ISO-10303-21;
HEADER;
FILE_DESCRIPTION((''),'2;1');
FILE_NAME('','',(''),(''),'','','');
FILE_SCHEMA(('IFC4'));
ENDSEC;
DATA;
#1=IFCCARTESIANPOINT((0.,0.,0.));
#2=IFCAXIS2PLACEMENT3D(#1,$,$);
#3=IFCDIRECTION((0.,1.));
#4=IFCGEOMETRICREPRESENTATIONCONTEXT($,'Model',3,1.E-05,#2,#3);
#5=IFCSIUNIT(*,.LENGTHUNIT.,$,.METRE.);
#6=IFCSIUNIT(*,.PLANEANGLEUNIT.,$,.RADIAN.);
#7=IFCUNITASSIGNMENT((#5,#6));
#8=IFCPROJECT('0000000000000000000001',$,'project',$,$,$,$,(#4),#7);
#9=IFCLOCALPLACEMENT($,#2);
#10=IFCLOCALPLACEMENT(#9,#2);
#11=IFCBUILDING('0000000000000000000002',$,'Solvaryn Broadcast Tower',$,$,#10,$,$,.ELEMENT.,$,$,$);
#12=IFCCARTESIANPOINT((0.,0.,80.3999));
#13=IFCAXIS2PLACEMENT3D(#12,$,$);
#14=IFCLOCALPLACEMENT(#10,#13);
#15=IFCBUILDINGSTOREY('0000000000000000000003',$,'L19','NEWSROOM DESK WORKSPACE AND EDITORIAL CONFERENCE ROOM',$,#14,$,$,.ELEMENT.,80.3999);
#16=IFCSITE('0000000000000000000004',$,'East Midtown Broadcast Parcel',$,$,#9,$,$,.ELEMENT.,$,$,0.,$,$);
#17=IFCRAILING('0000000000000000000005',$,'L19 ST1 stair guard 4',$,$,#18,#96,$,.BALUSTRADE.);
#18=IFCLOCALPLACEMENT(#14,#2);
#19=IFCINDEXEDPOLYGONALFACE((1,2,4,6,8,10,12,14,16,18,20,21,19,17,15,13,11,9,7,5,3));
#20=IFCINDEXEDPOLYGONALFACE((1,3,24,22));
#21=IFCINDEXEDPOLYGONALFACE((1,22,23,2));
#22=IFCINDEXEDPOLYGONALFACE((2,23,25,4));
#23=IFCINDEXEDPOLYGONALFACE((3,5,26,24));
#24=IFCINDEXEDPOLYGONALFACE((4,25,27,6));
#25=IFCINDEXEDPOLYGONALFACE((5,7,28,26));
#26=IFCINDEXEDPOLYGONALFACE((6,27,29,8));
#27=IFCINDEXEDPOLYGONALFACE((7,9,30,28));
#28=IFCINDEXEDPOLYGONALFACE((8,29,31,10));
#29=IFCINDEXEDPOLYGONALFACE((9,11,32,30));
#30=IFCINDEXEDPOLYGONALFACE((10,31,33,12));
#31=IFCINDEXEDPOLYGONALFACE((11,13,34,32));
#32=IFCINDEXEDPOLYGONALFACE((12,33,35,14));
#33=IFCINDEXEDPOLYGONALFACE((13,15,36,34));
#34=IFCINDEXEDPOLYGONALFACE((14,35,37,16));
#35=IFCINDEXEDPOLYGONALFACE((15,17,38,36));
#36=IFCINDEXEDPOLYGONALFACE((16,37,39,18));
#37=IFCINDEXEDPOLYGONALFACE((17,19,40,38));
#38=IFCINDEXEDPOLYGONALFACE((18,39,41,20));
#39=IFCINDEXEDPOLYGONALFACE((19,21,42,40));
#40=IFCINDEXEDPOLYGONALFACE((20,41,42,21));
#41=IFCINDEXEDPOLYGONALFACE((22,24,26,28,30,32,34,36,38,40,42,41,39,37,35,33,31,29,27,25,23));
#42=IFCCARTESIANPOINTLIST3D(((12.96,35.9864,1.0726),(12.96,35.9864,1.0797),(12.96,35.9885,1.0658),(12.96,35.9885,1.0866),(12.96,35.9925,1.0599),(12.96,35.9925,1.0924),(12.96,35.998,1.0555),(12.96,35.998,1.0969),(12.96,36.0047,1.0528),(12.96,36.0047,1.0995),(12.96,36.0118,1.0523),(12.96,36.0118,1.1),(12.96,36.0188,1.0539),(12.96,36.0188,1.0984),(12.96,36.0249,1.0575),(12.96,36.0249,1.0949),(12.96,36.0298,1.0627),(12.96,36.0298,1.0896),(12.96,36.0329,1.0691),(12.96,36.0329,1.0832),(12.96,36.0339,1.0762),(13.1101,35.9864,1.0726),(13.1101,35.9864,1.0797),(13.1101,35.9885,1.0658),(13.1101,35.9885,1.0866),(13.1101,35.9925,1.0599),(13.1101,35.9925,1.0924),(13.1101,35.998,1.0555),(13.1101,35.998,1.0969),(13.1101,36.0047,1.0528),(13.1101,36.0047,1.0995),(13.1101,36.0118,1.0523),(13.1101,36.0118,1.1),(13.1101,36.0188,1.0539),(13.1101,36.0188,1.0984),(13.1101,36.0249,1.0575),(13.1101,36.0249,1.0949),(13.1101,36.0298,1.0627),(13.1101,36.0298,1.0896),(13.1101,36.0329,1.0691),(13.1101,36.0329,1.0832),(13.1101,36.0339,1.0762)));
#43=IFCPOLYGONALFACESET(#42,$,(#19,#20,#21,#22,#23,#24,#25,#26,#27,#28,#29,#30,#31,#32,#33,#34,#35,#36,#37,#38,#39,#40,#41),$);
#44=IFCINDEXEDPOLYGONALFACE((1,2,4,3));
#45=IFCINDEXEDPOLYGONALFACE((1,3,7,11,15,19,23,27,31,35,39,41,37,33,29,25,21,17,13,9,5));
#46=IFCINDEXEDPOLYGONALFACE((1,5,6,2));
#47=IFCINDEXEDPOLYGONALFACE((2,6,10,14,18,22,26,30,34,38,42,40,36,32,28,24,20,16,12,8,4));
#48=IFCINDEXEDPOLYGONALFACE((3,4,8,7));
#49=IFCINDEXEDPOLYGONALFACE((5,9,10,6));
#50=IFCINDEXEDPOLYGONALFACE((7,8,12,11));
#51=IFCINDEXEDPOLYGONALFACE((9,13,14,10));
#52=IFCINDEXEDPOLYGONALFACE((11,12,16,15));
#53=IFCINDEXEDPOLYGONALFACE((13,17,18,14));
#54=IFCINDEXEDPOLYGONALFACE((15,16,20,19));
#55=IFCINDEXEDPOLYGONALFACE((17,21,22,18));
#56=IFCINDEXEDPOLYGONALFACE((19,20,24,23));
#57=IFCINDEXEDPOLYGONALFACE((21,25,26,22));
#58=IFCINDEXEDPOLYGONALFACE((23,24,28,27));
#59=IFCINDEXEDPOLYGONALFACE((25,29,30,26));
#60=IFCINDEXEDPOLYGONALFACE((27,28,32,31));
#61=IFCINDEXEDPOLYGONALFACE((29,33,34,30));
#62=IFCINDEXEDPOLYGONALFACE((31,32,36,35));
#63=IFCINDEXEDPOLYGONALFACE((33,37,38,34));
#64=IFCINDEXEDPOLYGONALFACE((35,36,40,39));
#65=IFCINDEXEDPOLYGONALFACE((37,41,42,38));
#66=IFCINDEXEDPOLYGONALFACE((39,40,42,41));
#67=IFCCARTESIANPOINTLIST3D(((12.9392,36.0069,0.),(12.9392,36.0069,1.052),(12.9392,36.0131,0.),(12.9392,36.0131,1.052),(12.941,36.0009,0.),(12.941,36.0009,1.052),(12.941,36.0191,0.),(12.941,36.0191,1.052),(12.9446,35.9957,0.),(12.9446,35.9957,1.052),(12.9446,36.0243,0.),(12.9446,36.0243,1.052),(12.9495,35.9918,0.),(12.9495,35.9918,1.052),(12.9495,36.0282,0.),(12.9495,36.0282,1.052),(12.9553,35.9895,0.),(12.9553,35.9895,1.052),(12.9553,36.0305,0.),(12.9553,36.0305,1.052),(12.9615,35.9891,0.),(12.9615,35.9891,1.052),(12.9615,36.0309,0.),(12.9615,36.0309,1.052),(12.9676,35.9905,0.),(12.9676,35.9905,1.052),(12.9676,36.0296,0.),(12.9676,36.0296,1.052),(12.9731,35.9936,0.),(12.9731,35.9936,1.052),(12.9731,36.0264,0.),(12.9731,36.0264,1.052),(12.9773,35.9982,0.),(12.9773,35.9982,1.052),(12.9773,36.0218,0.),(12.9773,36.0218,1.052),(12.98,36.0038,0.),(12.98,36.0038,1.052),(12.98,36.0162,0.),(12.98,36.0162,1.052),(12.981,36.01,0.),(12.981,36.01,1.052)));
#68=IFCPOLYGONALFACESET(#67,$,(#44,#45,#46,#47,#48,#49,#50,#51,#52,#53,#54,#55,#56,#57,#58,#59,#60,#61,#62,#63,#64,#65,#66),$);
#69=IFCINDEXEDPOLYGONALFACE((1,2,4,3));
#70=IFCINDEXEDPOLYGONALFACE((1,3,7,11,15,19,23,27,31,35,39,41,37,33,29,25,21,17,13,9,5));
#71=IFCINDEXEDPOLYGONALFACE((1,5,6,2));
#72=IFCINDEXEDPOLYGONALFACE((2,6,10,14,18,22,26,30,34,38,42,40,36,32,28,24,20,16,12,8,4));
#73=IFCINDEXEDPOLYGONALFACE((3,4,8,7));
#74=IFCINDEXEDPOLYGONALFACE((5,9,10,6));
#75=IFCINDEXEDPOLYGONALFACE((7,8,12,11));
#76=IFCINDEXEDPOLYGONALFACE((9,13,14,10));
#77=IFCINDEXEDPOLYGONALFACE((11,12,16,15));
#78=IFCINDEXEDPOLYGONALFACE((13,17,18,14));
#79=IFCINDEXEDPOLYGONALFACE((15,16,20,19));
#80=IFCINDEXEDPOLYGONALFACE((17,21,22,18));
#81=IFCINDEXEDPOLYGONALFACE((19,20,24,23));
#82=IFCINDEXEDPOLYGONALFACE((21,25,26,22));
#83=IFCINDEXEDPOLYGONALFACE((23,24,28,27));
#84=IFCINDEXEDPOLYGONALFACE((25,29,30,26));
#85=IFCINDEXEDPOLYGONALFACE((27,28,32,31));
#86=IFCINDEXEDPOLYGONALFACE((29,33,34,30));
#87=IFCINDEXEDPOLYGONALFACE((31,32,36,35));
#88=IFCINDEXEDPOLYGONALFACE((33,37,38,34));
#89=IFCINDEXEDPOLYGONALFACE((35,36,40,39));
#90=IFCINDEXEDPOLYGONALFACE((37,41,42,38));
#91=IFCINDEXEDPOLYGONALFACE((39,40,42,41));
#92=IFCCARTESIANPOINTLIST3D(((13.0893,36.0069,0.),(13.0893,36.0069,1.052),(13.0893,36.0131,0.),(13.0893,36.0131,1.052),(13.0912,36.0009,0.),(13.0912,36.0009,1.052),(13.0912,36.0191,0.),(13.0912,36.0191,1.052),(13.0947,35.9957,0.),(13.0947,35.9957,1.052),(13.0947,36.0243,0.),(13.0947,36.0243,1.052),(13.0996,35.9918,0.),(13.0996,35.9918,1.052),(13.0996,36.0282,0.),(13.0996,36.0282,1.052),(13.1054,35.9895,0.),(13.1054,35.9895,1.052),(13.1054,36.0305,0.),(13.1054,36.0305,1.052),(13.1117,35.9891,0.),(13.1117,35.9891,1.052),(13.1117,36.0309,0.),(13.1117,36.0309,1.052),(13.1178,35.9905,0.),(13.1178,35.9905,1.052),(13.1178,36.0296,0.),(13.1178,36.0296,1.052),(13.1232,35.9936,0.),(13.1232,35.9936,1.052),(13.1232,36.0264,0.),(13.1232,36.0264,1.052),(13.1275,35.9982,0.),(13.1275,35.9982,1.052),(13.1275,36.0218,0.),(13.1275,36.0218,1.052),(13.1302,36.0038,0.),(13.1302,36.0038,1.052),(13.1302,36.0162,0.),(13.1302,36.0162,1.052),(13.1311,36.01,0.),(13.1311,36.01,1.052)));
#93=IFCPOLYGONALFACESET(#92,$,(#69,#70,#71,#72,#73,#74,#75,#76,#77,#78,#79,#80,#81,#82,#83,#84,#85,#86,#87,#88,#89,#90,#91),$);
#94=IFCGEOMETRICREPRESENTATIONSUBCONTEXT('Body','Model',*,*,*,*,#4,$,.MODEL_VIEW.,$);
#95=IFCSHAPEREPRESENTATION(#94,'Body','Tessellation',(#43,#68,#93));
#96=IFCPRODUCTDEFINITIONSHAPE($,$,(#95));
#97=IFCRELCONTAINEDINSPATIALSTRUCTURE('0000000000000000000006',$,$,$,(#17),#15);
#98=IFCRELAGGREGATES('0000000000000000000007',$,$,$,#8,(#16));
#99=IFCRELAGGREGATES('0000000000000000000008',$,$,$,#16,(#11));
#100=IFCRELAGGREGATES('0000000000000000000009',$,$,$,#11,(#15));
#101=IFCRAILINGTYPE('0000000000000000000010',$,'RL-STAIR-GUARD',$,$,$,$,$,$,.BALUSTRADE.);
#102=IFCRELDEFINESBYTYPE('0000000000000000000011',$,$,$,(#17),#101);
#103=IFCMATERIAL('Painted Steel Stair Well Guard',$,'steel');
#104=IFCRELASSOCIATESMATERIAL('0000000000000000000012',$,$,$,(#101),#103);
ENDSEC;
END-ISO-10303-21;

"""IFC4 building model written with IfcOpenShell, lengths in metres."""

from ifc_helpers import new_model, si_unit, direction, frame, origin, origin_2d, place, context, subcontext, project, spatial, circle, extrude, material, type_object, element, save


model = new_model("IFC4")

# Units and contexts
model_context = context("Model", 3, precision=1e-05, world=origin(), true_north=direction((0.0, 1.0)))
body_context = subcontext(model_context, "Body", "Model", "MODEL_VIEW")
ifc_project = project(units=[si_unit("LENGTHUNIT", "METRE"), si_unit("PLANEANGLEUNIT", "RADIAN")], contexts=[model_context])

# Site, building, storey
site_placement = place(None, origin())
site = spatial("IfcSite", under=ifc_project, at=site_placement, Name="East Midtown Broadcast Parcel", CompositionType="ELEMENT", RefElevation=0.0)
building_placement = place(site_placement, origin())
building = spatial("IfcBuilding", under=site, at=building_placement, Name="Solvaryn Broadcast Tower", CompositionType="ELEMENT")
storey_placement = place(building_placement, frame((0.0, 0.0, 80.3999)))
storey = spatial("IfcBuildingStorey", under=building, at=storey_placement, Name="L19", Description="NEWSROOM DESK WORKSPACE AND EDITORIAL CONFERENCE ROOM", CompositionType="ELEMENT", Elevation=80.3999)

# Railing
ifc_material_1 = material(Name="Painted Steel Stair Well Guard", Category="steel")
railing_type_1 = type_object("IfcRailingType", Name="RL-STAIR-GUARD", PredefinedType="BALUSTRADE", material=ifc_material_1)
railing_1_placement = place(storey_placement, frame((12.96, 36.01, 0.0)))
element("IfcRailing", 1, at=railing_1_placement, inside=storey, type_object=railing_type_1, Name="L19 ST1 stair guard 4", PredefinedType="BALUSTRADE", context=body_context, shape_type="SweptSolid", body=[
    extrude(circle(Radius=0.0239, at=origin_2d()), frame((0.0, 0.0, 1.0762), z_axis=(1.0, 0.0, 0.0), x_axis=(0.0, 1.0, 0.0)), (0.0, 0.0, 1.0), 0.1501),
    extrude(circle(Radius=0.021, at=origin_2d()), origin(), (0.0, 0.0, 1.0), 1.052),
    extrude(circle(Radius=0.021, at=origin_2d()), frame((0.1501, 0.0, 0.0)), (0.0, 0.0, 1.0), 1.052),
])

save(model, "model.ifc")
